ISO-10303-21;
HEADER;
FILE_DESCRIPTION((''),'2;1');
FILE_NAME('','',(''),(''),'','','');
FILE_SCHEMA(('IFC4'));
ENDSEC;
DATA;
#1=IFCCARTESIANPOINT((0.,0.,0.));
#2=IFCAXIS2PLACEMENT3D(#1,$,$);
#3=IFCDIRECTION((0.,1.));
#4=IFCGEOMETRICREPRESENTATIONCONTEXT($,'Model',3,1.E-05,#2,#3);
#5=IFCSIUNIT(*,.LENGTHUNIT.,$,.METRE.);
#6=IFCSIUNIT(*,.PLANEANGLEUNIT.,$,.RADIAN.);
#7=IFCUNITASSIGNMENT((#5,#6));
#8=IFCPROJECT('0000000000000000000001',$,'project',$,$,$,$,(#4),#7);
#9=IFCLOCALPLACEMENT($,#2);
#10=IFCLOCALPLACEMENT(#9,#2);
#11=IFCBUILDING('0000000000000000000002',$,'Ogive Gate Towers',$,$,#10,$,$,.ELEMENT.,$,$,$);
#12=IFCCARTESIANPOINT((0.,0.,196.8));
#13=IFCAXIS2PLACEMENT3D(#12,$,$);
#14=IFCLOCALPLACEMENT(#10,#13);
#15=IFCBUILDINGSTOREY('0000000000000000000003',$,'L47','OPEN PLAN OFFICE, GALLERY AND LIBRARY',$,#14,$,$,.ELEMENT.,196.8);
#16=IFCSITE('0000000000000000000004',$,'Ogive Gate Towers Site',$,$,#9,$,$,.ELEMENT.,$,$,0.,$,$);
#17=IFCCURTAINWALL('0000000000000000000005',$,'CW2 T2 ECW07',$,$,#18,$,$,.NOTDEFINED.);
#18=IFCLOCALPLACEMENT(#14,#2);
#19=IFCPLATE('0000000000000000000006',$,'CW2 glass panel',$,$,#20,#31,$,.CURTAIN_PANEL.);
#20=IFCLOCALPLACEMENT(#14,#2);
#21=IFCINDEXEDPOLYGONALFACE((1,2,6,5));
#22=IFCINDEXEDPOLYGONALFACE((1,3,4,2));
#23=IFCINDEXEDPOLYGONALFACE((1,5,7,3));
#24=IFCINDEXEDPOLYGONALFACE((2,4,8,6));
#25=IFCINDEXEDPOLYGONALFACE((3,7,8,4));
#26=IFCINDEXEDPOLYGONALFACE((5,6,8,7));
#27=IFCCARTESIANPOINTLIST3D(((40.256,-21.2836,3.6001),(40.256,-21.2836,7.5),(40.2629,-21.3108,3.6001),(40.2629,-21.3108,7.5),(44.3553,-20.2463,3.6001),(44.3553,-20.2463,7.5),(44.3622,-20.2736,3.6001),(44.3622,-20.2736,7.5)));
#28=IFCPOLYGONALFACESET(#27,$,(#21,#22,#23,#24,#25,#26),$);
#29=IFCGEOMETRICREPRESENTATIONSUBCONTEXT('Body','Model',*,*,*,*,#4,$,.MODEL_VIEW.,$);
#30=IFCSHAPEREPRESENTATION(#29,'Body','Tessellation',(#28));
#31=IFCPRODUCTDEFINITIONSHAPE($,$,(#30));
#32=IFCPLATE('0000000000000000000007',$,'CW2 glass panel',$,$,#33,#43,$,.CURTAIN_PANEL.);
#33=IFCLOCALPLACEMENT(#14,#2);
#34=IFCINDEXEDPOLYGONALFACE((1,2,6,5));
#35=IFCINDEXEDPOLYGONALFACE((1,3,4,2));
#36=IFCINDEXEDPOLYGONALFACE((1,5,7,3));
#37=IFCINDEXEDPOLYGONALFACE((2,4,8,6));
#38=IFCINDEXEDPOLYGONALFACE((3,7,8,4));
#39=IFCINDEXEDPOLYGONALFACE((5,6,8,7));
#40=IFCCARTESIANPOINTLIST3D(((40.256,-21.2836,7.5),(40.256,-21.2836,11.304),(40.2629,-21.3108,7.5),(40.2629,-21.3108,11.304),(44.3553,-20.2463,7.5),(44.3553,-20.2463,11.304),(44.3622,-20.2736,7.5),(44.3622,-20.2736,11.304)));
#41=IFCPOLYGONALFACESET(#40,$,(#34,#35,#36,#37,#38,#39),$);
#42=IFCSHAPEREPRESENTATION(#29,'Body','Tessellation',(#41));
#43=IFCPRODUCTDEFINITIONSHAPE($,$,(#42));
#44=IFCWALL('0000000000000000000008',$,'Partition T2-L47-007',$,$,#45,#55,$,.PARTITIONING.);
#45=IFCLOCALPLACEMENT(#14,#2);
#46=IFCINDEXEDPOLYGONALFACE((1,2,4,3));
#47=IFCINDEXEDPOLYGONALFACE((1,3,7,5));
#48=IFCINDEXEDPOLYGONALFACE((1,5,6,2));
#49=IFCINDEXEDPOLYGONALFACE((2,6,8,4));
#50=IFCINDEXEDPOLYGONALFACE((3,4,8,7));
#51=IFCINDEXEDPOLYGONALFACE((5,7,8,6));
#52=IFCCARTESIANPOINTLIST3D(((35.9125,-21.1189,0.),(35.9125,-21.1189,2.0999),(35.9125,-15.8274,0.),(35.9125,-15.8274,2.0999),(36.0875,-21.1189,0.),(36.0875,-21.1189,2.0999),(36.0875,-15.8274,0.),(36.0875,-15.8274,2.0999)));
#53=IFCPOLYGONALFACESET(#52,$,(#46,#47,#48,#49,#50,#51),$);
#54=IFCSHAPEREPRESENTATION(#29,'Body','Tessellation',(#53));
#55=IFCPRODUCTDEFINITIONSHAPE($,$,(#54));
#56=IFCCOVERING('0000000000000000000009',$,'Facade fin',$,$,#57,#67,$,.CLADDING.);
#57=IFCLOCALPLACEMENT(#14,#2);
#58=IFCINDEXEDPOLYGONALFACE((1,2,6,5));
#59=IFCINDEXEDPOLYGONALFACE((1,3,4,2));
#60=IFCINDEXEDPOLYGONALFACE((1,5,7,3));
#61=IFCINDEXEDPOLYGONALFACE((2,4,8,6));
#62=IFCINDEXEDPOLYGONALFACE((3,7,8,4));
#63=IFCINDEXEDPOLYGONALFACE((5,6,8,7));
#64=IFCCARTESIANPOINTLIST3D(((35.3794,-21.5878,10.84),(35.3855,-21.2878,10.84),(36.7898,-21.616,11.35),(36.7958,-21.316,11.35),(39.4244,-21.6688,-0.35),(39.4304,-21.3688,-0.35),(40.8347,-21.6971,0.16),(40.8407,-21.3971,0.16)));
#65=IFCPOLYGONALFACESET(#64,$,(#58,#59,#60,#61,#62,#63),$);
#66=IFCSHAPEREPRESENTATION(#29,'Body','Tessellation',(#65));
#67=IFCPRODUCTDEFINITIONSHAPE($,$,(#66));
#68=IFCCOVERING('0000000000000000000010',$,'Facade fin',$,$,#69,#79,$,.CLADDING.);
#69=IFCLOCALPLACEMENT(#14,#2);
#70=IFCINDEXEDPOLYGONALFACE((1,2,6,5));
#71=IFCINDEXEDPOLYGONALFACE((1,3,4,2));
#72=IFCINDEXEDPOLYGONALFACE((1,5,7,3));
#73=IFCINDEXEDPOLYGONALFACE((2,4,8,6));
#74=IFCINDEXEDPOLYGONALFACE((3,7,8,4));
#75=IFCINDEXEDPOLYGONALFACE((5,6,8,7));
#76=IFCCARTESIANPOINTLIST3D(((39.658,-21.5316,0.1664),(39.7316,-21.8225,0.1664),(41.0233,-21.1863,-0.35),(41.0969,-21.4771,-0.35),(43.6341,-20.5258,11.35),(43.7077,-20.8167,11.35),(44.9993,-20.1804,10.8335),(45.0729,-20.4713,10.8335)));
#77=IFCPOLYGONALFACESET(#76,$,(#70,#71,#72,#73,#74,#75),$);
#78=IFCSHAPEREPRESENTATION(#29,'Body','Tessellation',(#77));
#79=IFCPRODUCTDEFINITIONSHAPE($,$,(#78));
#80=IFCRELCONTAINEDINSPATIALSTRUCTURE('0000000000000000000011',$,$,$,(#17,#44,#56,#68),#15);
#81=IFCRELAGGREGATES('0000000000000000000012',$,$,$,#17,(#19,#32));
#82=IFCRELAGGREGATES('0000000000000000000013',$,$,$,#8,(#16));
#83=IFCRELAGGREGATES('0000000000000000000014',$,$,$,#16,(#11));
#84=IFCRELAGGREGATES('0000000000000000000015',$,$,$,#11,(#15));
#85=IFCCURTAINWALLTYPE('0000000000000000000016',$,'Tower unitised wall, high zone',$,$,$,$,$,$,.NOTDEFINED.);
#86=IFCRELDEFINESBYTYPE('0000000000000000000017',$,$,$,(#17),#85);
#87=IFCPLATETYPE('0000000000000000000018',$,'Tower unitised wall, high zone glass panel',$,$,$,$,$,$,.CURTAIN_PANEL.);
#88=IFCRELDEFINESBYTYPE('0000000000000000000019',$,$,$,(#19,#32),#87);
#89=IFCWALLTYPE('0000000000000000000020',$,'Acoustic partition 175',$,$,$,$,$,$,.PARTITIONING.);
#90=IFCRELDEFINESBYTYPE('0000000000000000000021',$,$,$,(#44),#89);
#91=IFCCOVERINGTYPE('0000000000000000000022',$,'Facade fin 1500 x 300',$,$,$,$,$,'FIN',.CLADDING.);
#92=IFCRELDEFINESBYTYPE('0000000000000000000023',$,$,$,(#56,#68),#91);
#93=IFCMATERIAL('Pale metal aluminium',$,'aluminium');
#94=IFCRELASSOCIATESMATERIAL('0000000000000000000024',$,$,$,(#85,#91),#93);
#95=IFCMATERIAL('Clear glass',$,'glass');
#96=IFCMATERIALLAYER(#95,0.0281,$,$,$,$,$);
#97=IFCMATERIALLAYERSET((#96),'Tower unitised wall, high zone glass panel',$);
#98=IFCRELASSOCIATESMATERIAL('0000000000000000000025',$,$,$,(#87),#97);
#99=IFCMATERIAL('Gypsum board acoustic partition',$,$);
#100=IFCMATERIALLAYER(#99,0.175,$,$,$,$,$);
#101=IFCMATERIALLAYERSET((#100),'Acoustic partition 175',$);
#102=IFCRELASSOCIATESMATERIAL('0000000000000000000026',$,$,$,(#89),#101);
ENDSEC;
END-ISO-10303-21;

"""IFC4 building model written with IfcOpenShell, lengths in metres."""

from ifc_helpers import new_model, si_unit, direction, frame, frame_2d, origin, origin_2d, place, context, subcontext, project, spatial, rectangle, extrude, material, layer, layer_set, material_profile, profile_set, type_object, element, aggregate, save


model = new_model("IFC4")

# Units and contexts
model_context = context("Model", 3, precision=1e-05, world=origin(), true_north=direction((0.0, 1.0)))
body_context = subcontext(model_context, "Body", "Model", "MODEL_VIEW")
ifc_project = project(units=[si_unit("LENGTHUNIT", "METRE"), si_unit("PLANEANGLEUNIT", "RADIAN")], contexts=[model_context])

# Site, building, storey
site_placement = place(None, origin())
site = spatial("IfcSite", under=ifc_project, at=site_placement, Name="Ogive Gate Towers Site", CompositionType="ELEMENT", RefElevation=0.0)
building_placement = place(site_placement, origin())
building = spatial("IfcBuilding", under=site, at=building_placement, Name="Ogive Gate Towers", CompositionType="ELEMENT")
storey_placement = place(building_placement, frame((0.0, 0.0, 196.8)))
storey = spatial("IfcBuildingStorey", under=building, at=storey_placement, Name="L47", Description="OPEN PLAN OFFICE, GALLERY AND LIBRARY", CompositionType="ELEMENT", Elevation=196.8)

# Shared definitions
ifc_material_1 = material(Name="Pale metal aluminium", Category="aluminium")
curtain_wall_type = type_object("IfcCurtainWallType", Name="Tower unitised wall, high zone", PredefinedType="NOTDEFINED", material=ifc_material_1)

# Curtain wall
curtain_wall_1_placement = place(storey_placement, origin())
curtain_wall_1 = element("IfcCurtainWall", 1, at=curtain_wall_1_placement, inside=storey, type_object=curtain_wall_type, Name="CW2 T2 ECW07", PredefinedType="NOTDEFINED")

# Plates
ifc_material_2 = material(Name="Clear glass", Category="glass")
ifc_layer_1 = layer(ifc_material_2, 0.0281)
ifc_layer_set_1 = layer_set([ifc_layer_1], Name="Tower unitised wall, high zone glass panel")
plate_type = type_object("IfcPlateType", Name="Tower unitised wall, high zone glass panel", PredefinedType="CURTAIN_PANEL", material=ifc_layer_set_1)
plate_1_placement = place(storey_placement, frame((42.3091, -20.7786, 3.6001), z_axis=(0.0, 0.0, 1.0), x_axis=(0.96945, 0.24529, 0.0)))
plate_1 = element("IfcPlate", 2, at=plate_1_placement, type_object=plate_type, Name="CW2 glass panel", PredefinedType="CURTAIN_PANEL", context=body_context, shape_type="SweptSolid", body=[
    extrude(rectangle(XDim=4.2285, YDim=0.0281, at=origin_2d()), origin(), (0.0, 0.0, 1.0), 3.8999),
])
plate_2_placement = place(storey_placement, frame((42.3091, -20.7786, 7.5), z_axis=(0.0, 0.0, 1.0), x_axis=(0.96945, 0.24529, 0.0)))
plate_2 = element("IfcPlate", 3, at=plate_2_placement, type_object=plate_type, Name="CW2 glass panel", PredefinedType="CURTAIN_PANEL", context=body_context, shape_type="SweptSolid", body=[
    extrude(rectangle(XDim=4.2285, YDim=0.0281, at=origin_2d()), origin(), (0.0, 0.0, 1.0), 3.804),
])
aggregate(curtain_wall_1, [plate_1, plate_2])

# Wall
ifc_material_3 = material(Name="Gypsum board acoustic partition")
ifc_layer_2 = layer(ifc_material_3, 0.175)
ifc_layer_set_2 = layer_set([ifc_layer_2], Name="Acoustic partition 175")
wall_type = type_object("IfcWallType", Name="Acoustic partition 175", PredefinedType="PARTITIONING", material=ifc_layer_set_2)
wall_placement = place(storey_placement, frame((36.0, -21.1189, 0.0), z_axis=(0.0, 0.0, 1.0), x_axis=(0.0, 1.0, 0.0)))
element("IfcWall", 4, at=wall_placement, inside=storey, type_object=wall_type, Name="Partition T2-L47-007", PredefinedType="PARTITIONING", context=body_context, shape_type="SweptSolid", body=[
    extrude(rectangle(XDim=5.2915, YDim=0.175, at=frame_2d((2.6458, 0.0))), origin(), (0.0, 0.0, 1.0), 2.0999),
])

# Coverings
ifc_material_profile_1 = material_profile(ifc_material_1, rectangle(XDim=0.3, YDim=1.5, at=origin_2d()), Name="1500 x 300 pale metal aluminium")
ifc_profile_set_1 = profile_set([ifc_material_profile_1], Name="Pale metal aluminium")
covering_type = type_object("IfcCoveringType", Name="Facade fin 1500 x 300", ElementType="FIN", PredefinedType="CLADDING", material=ifc_profile_set_1)
covering_1_placement = place(storey_placement, frame((40.1326, -21.533, -0.095), z_axis=(-0.339942, 0.006812, 0.940422), x_axis=(-0.020035, -0.999799, 0.0)))
element("IfcCovering", 5, at=covering_1_placement, inside=storey, type_object=covering_type, Name="Facade fin", PredefinedType="CLADDING", context=body_context, shape_type="SweptSolid", body=[
    extrude(rectangle(XDim=0.3, YDim=1.5, at=origin_2d()), origin(), (0.0, 0.0, 1.0), 11.8989),
])
covering_2_placement = place(storey_placement, frame((40.3774, -21.5044, -0.0918), z_axis=(0.33379, 0.084441, 0.938858), x_axis=(-0.245252, 0.969459, 0.0)))
element("IfcCovering", 6, at=covering_2_placement, inside=storey, type_object=covering_type, Name="Facade fin", PredefinedType="CLADDING", context=body_context, shape_type="SweptSolid", body=[
    extrude(rectangle(XDim=0.3, YDim=1.5, at=origin_2d()), origin(), (0.0, 0.0, 1.0), 11.9119),
])

save(model, "model.ifc")
